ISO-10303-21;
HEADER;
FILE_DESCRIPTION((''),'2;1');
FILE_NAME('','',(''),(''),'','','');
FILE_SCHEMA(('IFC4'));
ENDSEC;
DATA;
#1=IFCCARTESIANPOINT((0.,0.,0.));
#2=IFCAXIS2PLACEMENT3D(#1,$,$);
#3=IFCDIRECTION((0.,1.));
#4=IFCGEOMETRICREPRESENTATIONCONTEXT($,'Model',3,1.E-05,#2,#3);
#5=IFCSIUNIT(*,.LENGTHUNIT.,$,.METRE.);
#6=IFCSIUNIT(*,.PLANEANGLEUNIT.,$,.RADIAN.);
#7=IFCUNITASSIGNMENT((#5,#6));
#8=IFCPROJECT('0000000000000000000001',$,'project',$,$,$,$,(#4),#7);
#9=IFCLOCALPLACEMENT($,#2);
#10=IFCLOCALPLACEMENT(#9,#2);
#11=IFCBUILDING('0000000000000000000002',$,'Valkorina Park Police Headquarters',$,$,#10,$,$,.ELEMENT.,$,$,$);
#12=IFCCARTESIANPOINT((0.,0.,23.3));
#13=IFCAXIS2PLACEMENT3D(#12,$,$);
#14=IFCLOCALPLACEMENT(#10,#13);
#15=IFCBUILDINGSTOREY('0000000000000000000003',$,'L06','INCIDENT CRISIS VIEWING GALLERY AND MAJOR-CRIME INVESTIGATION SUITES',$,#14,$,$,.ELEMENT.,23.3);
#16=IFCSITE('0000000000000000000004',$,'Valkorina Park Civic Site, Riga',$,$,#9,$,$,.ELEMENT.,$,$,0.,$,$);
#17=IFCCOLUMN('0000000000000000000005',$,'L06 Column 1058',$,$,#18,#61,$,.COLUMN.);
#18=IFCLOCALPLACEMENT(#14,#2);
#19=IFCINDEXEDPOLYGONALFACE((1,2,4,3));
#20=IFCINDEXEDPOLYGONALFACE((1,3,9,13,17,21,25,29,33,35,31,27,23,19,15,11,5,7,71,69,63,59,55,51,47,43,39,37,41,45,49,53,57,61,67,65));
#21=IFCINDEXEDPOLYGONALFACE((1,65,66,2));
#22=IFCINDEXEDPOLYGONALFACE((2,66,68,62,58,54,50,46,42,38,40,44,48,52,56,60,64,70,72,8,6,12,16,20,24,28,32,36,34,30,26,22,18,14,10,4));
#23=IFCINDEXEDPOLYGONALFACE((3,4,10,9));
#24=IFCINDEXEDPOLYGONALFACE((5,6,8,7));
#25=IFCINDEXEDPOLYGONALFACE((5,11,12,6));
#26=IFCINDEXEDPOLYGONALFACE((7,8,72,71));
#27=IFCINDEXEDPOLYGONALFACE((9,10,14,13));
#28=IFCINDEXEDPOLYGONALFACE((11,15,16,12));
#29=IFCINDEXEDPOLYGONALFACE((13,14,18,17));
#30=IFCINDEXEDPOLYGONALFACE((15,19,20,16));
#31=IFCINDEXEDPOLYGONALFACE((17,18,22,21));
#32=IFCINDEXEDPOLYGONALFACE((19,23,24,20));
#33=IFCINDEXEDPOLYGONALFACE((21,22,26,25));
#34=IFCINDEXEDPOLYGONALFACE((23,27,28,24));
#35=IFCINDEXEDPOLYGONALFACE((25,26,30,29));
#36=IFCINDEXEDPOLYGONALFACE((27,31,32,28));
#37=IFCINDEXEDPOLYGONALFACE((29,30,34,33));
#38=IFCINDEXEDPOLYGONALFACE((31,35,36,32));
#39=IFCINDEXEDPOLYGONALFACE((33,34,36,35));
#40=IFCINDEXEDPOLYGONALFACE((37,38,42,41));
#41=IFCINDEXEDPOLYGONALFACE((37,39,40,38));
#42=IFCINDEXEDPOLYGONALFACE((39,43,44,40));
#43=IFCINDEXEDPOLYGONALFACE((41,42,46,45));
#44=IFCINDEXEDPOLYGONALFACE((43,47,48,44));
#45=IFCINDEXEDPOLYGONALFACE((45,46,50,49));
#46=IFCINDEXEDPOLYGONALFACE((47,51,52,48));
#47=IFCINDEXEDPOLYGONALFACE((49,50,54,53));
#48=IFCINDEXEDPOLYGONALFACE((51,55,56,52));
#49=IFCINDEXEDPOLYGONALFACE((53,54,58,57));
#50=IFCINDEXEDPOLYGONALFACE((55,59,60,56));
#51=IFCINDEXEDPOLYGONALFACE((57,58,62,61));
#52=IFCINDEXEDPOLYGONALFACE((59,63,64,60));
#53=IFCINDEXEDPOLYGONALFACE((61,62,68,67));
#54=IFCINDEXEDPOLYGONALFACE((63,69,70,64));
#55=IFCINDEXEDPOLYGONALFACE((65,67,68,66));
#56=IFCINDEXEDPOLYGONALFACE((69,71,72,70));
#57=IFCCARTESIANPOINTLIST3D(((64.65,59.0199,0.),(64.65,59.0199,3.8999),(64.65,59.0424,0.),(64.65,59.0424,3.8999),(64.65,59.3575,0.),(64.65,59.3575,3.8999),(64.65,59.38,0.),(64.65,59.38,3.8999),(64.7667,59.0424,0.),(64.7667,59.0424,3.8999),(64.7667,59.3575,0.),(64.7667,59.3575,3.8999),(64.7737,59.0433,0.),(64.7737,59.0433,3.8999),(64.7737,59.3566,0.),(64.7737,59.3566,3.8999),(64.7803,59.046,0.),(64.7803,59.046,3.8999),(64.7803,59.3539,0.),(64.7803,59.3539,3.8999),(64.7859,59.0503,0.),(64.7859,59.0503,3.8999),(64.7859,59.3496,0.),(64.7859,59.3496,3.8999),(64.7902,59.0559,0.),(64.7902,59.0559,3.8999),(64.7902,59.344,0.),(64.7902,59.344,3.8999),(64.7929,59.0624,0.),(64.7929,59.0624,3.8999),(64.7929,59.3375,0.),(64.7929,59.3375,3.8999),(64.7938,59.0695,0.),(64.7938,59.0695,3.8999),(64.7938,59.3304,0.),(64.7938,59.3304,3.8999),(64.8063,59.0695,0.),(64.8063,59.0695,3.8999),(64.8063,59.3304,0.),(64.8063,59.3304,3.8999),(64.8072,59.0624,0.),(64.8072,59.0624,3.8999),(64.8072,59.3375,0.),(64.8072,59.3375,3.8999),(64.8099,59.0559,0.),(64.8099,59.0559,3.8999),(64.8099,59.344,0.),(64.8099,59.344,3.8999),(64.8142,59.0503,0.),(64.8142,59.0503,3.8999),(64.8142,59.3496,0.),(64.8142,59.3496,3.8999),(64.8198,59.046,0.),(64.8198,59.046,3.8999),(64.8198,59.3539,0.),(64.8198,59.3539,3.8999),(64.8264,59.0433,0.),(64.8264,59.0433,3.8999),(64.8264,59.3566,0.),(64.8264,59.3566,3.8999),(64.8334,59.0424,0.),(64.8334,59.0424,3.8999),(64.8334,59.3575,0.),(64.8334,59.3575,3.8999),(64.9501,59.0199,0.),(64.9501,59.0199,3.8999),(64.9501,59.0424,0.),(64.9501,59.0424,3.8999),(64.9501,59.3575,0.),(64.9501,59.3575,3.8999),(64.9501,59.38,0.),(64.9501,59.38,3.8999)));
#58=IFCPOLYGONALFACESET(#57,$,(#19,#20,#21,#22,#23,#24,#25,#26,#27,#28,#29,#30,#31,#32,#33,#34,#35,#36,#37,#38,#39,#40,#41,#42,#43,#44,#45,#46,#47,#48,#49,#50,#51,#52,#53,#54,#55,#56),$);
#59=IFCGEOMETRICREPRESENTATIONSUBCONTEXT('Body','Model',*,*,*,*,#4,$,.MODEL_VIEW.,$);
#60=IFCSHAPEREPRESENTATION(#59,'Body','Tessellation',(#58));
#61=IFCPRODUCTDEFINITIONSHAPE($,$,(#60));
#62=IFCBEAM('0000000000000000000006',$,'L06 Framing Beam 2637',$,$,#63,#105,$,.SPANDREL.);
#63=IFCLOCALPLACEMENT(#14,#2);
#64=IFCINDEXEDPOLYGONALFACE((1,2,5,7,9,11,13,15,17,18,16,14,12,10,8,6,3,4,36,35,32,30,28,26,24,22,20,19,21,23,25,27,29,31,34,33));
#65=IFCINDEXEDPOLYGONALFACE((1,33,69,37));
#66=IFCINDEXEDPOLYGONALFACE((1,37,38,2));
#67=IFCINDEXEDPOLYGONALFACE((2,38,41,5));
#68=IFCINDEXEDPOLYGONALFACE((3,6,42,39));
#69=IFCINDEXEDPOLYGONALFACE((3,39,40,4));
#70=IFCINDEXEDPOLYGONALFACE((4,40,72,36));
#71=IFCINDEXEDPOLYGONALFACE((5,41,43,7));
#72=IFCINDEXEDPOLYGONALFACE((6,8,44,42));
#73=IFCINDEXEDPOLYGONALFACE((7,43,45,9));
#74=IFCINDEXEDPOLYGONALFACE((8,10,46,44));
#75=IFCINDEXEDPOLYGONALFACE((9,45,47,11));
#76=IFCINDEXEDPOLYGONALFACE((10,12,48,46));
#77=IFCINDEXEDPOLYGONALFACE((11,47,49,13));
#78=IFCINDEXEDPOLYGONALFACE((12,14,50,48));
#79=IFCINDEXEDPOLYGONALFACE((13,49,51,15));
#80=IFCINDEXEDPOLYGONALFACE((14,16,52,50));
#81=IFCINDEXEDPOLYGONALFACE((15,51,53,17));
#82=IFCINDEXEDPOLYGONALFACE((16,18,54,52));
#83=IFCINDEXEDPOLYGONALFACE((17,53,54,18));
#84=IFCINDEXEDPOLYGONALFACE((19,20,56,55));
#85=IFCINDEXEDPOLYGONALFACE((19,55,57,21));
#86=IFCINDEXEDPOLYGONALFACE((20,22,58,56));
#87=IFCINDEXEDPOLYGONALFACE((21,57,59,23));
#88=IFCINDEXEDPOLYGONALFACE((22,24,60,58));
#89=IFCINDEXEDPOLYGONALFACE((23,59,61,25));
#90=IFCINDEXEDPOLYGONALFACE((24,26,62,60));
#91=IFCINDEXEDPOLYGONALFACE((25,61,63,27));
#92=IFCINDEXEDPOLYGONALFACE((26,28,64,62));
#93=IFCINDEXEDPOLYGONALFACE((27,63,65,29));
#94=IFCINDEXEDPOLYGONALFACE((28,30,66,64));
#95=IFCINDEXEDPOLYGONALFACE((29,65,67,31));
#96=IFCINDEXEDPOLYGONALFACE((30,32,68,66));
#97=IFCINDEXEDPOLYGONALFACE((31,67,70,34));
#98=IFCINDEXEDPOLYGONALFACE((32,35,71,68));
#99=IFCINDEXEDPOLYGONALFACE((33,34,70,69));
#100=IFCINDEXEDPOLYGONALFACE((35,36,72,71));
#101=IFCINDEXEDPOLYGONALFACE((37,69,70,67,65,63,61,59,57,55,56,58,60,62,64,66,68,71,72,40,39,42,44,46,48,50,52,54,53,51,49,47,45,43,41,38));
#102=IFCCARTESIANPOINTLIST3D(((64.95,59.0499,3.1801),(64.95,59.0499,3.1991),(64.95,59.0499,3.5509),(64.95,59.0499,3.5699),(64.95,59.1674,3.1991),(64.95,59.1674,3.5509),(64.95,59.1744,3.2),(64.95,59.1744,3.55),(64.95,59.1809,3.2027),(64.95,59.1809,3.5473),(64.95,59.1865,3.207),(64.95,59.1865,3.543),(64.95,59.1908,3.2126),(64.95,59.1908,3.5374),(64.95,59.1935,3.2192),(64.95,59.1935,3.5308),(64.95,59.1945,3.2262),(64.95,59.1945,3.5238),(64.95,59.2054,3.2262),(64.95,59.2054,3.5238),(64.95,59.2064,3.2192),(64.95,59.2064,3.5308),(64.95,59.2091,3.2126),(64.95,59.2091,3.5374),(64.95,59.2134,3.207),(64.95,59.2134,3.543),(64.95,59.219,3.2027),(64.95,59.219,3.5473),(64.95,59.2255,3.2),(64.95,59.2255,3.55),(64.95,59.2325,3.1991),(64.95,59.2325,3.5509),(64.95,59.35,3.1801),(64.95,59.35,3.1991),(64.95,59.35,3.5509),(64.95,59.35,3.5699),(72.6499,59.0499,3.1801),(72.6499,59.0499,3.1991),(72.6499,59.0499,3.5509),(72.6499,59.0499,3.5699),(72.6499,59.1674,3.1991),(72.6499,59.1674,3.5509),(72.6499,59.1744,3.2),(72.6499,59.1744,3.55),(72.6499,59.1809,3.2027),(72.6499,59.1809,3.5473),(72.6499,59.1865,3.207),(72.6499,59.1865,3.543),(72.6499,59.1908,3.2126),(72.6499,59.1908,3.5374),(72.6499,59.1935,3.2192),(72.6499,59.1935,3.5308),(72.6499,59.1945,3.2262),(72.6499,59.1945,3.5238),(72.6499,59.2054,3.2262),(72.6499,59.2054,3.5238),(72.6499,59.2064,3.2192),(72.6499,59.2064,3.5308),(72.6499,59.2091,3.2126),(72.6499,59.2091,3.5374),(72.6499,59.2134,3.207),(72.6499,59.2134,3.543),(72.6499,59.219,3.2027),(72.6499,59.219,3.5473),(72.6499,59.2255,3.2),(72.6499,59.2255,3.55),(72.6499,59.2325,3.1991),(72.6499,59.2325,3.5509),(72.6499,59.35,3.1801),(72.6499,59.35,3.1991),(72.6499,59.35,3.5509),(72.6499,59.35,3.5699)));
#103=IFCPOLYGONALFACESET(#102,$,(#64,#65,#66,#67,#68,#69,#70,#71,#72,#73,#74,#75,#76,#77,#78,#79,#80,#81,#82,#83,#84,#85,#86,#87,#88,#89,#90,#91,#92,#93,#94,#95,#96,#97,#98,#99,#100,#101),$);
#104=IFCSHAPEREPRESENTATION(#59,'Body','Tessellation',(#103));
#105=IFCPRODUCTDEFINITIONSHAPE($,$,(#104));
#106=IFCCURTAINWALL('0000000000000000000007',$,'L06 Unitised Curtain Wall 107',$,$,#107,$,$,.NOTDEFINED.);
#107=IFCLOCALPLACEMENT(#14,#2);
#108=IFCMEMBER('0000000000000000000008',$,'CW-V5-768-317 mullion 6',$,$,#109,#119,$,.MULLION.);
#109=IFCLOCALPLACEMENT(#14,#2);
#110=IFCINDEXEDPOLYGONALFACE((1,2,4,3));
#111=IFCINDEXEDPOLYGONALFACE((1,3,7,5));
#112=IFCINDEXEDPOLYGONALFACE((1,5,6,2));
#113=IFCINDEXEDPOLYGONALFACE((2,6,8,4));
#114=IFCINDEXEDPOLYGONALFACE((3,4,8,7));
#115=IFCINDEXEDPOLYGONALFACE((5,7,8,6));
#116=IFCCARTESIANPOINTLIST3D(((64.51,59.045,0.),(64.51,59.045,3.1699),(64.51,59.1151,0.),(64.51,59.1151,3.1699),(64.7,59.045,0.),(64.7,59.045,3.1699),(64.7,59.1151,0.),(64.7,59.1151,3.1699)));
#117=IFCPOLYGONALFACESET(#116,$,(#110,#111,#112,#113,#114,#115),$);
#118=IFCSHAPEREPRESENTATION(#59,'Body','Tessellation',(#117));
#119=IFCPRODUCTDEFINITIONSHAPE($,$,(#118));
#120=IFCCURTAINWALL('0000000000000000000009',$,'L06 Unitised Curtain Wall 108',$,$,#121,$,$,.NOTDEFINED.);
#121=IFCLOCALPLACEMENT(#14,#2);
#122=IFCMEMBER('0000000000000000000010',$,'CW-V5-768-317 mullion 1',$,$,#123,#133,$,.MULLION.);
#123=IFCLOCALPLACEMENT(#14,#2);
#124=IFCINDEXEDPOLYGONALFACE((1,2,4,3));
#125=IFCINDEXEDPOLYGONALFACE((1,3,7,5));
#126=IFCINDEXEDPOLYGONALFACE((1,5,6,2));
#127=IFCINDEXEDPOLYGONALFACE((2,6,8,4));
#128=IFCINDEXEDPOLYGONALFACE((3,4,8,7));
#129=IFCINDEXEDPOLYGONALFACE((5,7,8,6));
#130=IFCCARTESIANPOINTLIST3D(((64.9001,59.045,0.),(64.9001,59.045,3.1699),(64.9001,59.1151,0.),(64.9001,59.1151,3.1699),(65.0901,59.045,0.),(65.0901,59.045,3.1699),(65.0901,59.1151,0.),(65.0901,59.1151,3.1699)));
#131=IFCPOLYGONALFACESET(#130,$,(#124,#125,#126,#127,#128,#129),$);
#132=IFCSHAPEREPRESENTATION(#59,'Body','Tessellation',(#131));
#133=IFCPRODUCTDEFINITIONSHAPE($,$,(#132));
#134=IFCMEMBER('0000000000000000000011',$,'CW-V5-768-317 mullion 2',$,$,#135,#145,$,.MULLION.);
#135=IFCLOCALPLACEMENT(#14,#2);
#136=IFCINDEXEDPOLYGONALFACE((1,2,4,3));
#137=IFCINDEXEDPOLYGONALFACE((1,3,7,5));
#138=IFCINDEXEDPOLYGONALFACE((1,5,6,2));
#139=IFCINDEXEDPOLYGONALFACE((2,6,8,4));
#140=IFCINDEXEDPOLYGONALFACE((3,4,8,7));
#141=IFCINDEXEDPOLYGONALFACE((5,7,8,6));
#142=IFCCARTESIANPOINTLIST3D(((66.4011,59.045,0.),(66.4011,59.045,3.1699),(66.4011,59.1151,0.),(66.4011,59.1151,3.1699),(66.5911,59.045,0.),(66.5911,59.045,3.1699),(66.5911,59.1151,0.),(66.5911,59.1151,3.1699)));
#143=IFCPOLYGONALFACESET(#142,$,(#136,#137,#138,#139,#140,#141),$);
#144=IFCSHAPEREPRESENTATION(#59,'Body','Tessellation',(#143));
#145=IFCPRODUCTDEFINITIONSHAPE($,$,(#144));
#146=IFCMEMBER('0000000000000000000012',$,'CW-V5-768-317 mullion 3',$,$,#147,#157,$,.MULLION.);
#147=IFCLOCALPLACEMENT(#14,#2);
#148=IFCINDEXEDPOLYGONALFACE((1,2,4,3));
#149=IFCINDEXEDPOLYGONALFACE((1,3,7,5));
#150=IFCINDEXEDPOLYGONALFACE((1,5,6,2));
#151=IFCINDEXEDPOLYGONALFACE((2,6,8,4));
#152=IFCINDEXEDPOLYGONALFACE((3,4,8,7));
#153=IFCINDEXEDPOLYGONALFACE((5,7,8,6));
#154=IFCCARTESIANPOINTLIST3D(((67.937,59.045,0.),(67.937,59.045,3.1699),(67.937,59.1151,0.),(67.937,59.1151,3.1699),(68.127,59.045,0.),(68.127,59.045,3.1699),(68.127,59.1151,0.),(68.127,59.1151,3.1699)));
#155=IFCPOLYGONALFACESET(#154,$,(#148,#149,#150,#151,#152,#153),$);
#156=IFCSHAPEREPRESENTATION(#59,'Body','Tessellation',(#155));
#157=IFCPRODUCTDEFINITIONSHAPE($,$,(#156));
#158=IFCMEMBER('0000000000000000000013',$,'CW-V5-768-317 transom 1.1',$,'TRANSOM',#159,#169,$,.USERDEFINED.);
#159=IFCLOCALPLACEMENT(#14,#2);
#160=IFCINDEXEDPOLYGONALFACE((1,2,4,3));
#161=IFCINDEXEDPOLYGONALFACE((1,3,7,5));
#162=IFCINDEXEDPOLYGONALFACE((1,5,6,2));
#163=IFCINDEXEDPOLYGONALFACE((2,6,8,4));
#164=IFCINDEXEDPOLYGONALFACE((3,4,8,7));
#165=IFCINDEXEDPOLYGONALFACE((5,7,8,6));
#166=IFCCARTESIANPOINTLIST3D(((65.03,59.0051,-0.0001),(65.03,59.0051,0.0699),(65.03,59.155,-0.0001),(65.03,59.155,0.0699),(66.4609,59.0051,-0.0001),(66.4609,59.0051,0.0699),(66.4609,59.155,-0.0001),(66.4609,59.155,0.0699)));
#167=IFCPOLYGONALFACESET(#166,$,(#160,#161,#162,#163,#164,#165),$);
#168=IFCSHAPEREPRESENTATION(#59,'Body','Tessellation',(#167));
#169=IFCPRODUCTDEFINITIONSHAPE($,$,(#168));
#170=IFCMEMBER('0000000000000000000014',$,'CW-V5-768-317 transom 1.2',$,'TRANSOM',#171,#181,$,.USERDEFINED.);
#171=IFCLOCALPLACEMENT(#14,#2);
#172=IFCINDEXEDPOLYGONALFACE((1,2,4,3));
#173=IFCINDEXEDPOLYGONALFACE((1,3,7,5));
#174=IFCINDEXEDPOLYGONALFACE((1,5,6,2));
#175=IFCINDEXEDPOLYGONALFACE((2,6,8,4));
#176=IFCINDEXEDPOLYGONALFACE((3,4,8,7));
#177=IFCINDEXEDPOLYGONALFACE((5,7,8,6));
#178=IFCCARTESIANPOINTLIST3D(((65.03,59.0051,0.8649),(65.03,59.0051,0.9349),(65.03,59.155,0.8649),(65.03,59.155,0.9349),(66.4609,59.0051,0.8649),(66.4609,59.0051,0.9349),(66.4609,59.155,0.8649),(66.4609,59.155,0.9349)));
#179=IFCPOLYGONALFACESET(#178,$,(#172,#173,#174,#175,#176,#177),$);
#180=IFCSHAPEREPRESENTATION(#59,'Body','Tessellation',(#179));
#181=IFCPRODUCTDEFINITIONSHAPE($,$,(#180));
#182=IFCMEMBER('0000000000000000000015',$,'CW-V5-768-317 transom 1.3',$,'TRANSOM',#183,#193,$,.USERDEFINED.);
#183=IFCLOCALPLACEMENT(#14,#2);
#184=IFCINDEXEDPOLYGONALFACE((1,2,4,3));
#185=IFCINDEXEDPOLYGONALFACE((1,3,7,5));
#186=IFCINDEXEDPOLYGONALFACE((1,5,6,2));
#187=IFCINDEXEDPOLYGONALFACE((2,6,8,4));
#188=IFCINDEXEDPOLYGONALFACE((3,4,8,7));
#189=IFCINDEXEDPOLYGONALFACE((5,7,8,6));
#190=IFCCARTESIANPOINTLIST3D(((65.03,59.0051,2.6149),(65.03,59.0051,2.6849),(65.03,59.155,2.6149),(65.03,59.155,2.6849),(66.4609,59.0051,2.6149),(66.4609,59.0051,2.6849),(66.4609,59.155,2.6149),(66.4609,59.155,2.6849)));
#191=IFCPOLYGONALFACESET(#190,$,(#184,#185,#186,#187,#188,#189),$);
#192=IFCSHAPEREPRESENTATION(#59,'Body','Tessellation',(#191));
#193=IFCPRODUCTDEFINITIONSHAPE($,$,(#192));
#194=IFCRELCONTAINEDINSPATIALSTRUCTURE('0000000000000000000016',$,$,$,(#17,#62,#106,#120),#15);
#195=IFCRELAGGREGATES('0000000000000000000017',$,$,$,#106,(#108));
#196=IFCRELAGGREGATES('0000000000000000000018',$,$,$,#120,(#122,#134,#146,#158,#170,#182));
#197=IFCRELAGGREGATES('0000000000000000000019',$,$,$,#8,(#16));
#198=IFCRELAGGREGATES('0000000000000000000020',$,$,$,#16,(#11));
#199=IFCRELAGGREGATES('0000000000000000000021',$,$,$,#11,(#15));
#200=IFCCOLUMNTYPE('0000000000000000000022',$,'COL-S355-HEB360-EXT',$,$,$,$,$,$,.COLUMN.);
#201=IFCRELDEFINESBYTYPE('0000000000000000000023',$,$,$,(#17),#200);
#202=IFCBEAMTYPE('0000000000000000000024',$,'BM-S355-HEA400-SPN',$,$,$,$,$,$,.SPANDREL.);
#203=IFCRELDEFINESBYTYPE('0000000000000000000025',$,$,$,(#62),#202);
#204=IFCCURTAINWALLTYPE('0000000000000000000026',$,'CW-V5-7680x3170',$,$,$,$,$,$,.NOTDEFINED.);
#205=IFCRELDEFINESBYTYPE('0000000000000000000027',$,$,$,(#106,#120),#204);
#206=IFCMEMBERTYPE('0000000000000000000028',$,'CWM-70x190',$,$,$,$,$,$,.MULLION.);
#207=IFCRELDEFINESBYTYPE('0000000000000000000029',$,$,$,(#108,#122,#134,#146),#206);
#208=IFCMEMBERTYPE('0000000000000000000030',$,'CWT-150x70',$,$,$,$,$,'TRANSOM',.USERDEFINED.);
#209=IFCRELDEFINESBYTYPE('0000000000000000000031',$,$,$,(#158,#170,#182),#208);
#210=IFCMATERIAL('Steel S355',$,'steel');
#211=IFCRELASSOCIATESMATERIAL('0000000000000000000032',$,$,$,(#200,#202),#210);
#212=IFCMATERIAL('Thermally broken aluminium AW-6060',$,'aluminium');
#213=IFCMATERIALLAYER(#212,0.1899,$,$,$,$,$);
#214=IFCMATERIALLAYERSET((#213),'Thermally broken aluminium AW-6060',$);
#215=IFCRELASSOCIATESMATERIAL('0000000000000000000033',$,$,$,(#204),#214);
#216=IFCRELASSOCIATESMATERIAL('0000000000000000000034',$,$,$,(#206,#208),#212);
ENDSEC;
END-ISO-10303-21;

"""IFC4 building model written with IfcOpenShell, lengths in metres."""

from ifc_helpers import new_model, si_unit, direction, frame, origin, origin_2d, place, context, subcontext, project, spatial, rectangle, i_section, extrude, material, layer, layer_set, material_profile, profile_set, type_object, element, aggregate, save


model = new_model("IFC4")

# Units and contexts
model_context = context("Model", 3, precision=1e-05, world=origin(), true_north=direction((0.0, 1.0)))
body_context = subcontext(model_context, "Body", "Model", "MODEL_VIEW")
ifc_project = project(units=[si_unit("LENGTHUNIT", "METRE"), si_unit("PLANEANGLEUNIT", "RADIAN")], contexts=[model_context])

# Site, building, storey
site_placement = place(None, origin())
site = spatial("IfcSite", under=ifc_project, at=site_placement, Name="Valkorina Park Civic Site, Riga", CompositionType="ELEMENT", RefElevation=0.0)
building_placement = place(site_placement, origin())
building = spatial("IfcBuilding", under=site, at=building_placement, Name="Valkorina Park Police Headquarters", CompositionType="ELEMENT")
storey_placement = place(building_placement, frame((0.0, 0.0, 23.3)))
storey = spatial("IfcBuildingStorey", under=building, at=storey_placement, Name="L06", Description="INCIDENT CRISIS VIEWING GALLERY AND MAJOR-CRIME INVESTIGATION SUITES", CompositionType="ELEMENT", Elevation=23.3)

# Column
ifc_material_1 = material(Name="Steel S355", Category="steel")
ifc_material_profile_1 = material_profile(ifc_material_1, i_section(OverallWidth=0.3, OverallDepth=0.3601, WebThickness=0.0125, FlangeThickness=0.0225, FilletRadius=0.0271, at=origin_2d()), Name="HEB 360")
ifc_profile_set_1 = profile_set([ifc_material_profile_1], Name="Steel S355")
column_type = type_object("IfcColumnType", Name="COL-S355-HEB360-EXT", PredefinedType="COLUMN", material=ifc_profile_set_1)
column_placement = place(storey_placement, frame((64.8, 59.2, 0.0), z_axis=(0.0, 0.0, 1.0), x_axis=(1.0, 0.0, 0.0)))
element("IfcColumn", 1, at=column_placement, inside=storey, type_object=column_type, Name="L06 Column 1058", PredefinedType="COLUMN", context=body_context, shape_type="SweptSolid", body=[
    extrude(i_section(OverallWidth=0.3, OverallDepth=0.3601, WebThickness=0.0125, FlangeThickness=0.0225, FilletRadius=0.0271, at=origin_2d()), origin(), (0.0, 0.0, 1.0), 3.8999),
])

# Beam
ifc_material_profile_2 = material_profile(ifc_material_1, i_section(OverallWidth=0.3, OverallDepth=0.3899, WebThickness=0.011, FlangeThickness=0.019, FilletRadius=0.0271, at=origin_2d()), Name="HEA 400")
ifc_profile_set_2 = profile_set([ifc_material_profile_2], Name="Steel S355")
beam_type = type_object("IfcBeamType", Name="BM-S355-HEA400-SPN", PredefinedType="SPANDREL", material=ifc_profile_set_2)
beam_placement = place(storey_placement, frame((64.95, 59.2, 3.375), z_axis=(1.0, 0.0, 0.0), x_axis=(0.0, 1.0, 0.0)))
element("IfcBeam", 2, at=beam_placement, inside=storey, type_object=beam_type, Name="L06 Framing Beam 2637", PredefinedType="SPANDREL", context=body_context, shape_type="SweptSolid", body=[
    extrude(i_section(OverallWidth=0.3, OverallDepth=0.3899, WebThickness=0.011, FlangeThickness=0.019, FilletRadius=0.0271, at=origin_2d()), origin(), (0.0, 0.0, 1.0), 7.7),
])

# Curtain wall, member
ifc_material_2 = material(Name="Thermally broken aluminium AW-6060", Category="aluminium")
ifc_layer_1 = layer(ifc_material_2, 0.1899)
ifc_layer_set_1 = layer_set([ifc_layer_1], Name="Thermally broken aluminium AW-6060")
curtain_wall_type = type_object("IfcCurtainWallType", Name="CW-V5-7680x3170", PredefinedType="NOTDEFINED", material=ifc_layer_set_1)
curtain_wall_1_placement = place(storey_placement, origin())
curtain_wall_1 = element("IfcCurtainWall", 3, at=curtain_wall_1_placement, inside=storey, type_object=curtain_wall_type, Name="L06 Unitised Curtain Wall 107", PredefinedType="NOTDEFINED")
ifc_material_profile_3 = material_profile(ifc_material_2, rectangle(XDim=0.0701, YDim=0.1899, at=origin_2d()), Name="CWM-02 70x190")
ifc_profile_set_3 = profile_set([ifc_material_profile_3], Name="Thermally broken aluminium AW-6060")
member_type_1 = type_object("IfcMemberType", Name="CWM-70x190", PredefinedType="MULLION", material=ifc_profile_set_3)
member_1_placement = place(storey_placement, frame((64.605, 59.0801, 0.0), z_axis=(0.0, 0.0, 1.0), x_axis=(0.0, 1.0, 0.0)))
member_1 = element("IfcMember", 4, at=member_1_placement, type_object=member_type_1, Name="CW-V5-768-317 mullion 6", PredefinedType="MULLION", context=body_context, shape_type="SweptSolid", body=[
    extrude(rectangle(XDim=0.0701, YDim=0.1899, at=origin_2d()), origin(), (0.0, 0.0, 1.0), 3.1699),
])
aggregate(curtain_wall_1, [member_1])

# Curtain wall, members
curtain_wall_2_placement = place(storey_placement, origin())
curtain_wall_2 = element("IfcCurtainWall", 5, at=curtain_wall_2_placement, inside=storey, type_object=curtain_wall_type, Name="L06 Unitised Curtain Wall 108", PredefinedType="NOTDEFINED")
member_2_placement = place(storey_placement, frame((64.9951, 59.0801, 0.0), z_axis=(0.0, 0.0, 1.0), x_axis=(0.0, 1.0, 0.0)))
member_2 = element("IfcMember", 6, at=member_2_placement, type_object=member_type_1, Name="CW-V5-768-317 mullion 1", PredefinedType="MULLION", context=body_context, shape_type="SweptSolid", body=[
    extrude(rectangle(XDim=0.0701, YDim=0.1899, at=origin_2d()), origin(), (0.0, 0.0, 1.0), 3.1699),
])
member_3_placement = place(storey_placement, frame((66.4961, 59.0801, 0.0), z_axis=(0.0, 0.0, 1.0), x_axis=(0.0, 1.0, 0.0)))
member_3 = element("IfcMember", 7, at=member_3_placement, type_object=member_type_1, Name="CW-V5-768-317 mullion 2", PredefinedType="MULLION", context=body_context, shape_type="SweptSolid", body=[
    extrude(rectangle(XDim=0.0701, YDim=0.1899, at=origin_2d()), origin(), (0.0, 0.0, 1.0), 3.1699),
])
member_4_placement = place(storey_placement, frame((68.032, 59.0801, 0.0), z_axis=(0.0, 0.0, 1.0), x_axis=(0.0, 1.0, 0.0)))
member_4 = element("IfcMember", 8, at=member_4_placement, type_object=member_type_1, Name="CW-V5-768-317 mullion 3", PredefinedType="MULLION", context=body_context, shape_type="SweptSolid", body=[
    extrude(rectangle(XDim=0.0701, YDim=0.1899, at=origin_2d()), origin(), (0.0, 0.0, 1.0), 3.1699),
])
ifc_material_profile_4 = material_profile(ifc_material_2, rectangle(XDim=0.1499, YDim=0.0701, at=origin_2d()), Name="CWT-02 150x70")
ifc_profile_set_4 = profile_set([ifc_material_profile_4], Name="Thermally broken aluminium AW-6060")
member_type_2 = type_object("IfcMemberType", Name="CWT-150x70", ElementType="TRANSOM", PredefinedType="USERDEFINED", material=ifc_profile_set_4)
member_5_placement = place(storey_placement, frame((65.03, 59.0801, 0.0349), z_axis=(1.0, 0.0, 0.0), x_axis=(0.0, 1.0, 0.0)))
member_5 = element("IfcMember", 9, at=member_5_placement, type_object=member_type_2, Name="CW-V5-768-317 transom 1.1", ObjectType="TRANSOM", PredefinedType="USERDEFINED", context=body_context, shape_type="SweptSolid", body=[
    extrude(rectangle(XDim=0.1499, YDim=0.0701, at=origin_2d()), origin(), (0.0, 0.0, 1.0), 1.4309),
])
member_6_placement = place(storey_placement, frame((65.03, 59.0801, 0.8999), z_axis=(1.0, 0.0, 0.0), x_axis=(0.0, 1.0, 0.0)))
member_6 = element("IfcMember", 10, at=member_6_placement, type_object=member_type_2, Name="CW-V5-768-317 transom 1.2", ObjectType="TRANSOM", PredefinedType="USERDEFINED", context=body_context, shape_type="SweptSolid", body=[
    extrude(rectangle(XDim=0.1499, YDim=0.0701, at=origin_2d()), origin(), (0.0, 0.0, 1.0), 1.4309),
])
member_7_placement = place(storey_placement, frame((65.03, 59.0801, 2.6499), z_axis=(1.0, 0.0, 0.0), x_axis=(0.0, 1.0, 0.0)))
member_7 = element("IfcMember", 11, at=member_7_placement, type_object=member_type_2, Name="CW-V5-768-317 transom 1.3", ObjectType="TRANSOM", PredefinedType="USERDEFINED", context=body_context, shape_type="SweptSolid", body=[
    extrude(rectangle(XDim=0.1499, YDim=0.0701, at=origin_2d()), origin(), (0.0, 0.0, 1.0), 1.4309),
])
aggregate(curtain_wall_2, [member_2, member_3, member_4, member_5, member_6, member_7])

save(model, "model.ifc")
